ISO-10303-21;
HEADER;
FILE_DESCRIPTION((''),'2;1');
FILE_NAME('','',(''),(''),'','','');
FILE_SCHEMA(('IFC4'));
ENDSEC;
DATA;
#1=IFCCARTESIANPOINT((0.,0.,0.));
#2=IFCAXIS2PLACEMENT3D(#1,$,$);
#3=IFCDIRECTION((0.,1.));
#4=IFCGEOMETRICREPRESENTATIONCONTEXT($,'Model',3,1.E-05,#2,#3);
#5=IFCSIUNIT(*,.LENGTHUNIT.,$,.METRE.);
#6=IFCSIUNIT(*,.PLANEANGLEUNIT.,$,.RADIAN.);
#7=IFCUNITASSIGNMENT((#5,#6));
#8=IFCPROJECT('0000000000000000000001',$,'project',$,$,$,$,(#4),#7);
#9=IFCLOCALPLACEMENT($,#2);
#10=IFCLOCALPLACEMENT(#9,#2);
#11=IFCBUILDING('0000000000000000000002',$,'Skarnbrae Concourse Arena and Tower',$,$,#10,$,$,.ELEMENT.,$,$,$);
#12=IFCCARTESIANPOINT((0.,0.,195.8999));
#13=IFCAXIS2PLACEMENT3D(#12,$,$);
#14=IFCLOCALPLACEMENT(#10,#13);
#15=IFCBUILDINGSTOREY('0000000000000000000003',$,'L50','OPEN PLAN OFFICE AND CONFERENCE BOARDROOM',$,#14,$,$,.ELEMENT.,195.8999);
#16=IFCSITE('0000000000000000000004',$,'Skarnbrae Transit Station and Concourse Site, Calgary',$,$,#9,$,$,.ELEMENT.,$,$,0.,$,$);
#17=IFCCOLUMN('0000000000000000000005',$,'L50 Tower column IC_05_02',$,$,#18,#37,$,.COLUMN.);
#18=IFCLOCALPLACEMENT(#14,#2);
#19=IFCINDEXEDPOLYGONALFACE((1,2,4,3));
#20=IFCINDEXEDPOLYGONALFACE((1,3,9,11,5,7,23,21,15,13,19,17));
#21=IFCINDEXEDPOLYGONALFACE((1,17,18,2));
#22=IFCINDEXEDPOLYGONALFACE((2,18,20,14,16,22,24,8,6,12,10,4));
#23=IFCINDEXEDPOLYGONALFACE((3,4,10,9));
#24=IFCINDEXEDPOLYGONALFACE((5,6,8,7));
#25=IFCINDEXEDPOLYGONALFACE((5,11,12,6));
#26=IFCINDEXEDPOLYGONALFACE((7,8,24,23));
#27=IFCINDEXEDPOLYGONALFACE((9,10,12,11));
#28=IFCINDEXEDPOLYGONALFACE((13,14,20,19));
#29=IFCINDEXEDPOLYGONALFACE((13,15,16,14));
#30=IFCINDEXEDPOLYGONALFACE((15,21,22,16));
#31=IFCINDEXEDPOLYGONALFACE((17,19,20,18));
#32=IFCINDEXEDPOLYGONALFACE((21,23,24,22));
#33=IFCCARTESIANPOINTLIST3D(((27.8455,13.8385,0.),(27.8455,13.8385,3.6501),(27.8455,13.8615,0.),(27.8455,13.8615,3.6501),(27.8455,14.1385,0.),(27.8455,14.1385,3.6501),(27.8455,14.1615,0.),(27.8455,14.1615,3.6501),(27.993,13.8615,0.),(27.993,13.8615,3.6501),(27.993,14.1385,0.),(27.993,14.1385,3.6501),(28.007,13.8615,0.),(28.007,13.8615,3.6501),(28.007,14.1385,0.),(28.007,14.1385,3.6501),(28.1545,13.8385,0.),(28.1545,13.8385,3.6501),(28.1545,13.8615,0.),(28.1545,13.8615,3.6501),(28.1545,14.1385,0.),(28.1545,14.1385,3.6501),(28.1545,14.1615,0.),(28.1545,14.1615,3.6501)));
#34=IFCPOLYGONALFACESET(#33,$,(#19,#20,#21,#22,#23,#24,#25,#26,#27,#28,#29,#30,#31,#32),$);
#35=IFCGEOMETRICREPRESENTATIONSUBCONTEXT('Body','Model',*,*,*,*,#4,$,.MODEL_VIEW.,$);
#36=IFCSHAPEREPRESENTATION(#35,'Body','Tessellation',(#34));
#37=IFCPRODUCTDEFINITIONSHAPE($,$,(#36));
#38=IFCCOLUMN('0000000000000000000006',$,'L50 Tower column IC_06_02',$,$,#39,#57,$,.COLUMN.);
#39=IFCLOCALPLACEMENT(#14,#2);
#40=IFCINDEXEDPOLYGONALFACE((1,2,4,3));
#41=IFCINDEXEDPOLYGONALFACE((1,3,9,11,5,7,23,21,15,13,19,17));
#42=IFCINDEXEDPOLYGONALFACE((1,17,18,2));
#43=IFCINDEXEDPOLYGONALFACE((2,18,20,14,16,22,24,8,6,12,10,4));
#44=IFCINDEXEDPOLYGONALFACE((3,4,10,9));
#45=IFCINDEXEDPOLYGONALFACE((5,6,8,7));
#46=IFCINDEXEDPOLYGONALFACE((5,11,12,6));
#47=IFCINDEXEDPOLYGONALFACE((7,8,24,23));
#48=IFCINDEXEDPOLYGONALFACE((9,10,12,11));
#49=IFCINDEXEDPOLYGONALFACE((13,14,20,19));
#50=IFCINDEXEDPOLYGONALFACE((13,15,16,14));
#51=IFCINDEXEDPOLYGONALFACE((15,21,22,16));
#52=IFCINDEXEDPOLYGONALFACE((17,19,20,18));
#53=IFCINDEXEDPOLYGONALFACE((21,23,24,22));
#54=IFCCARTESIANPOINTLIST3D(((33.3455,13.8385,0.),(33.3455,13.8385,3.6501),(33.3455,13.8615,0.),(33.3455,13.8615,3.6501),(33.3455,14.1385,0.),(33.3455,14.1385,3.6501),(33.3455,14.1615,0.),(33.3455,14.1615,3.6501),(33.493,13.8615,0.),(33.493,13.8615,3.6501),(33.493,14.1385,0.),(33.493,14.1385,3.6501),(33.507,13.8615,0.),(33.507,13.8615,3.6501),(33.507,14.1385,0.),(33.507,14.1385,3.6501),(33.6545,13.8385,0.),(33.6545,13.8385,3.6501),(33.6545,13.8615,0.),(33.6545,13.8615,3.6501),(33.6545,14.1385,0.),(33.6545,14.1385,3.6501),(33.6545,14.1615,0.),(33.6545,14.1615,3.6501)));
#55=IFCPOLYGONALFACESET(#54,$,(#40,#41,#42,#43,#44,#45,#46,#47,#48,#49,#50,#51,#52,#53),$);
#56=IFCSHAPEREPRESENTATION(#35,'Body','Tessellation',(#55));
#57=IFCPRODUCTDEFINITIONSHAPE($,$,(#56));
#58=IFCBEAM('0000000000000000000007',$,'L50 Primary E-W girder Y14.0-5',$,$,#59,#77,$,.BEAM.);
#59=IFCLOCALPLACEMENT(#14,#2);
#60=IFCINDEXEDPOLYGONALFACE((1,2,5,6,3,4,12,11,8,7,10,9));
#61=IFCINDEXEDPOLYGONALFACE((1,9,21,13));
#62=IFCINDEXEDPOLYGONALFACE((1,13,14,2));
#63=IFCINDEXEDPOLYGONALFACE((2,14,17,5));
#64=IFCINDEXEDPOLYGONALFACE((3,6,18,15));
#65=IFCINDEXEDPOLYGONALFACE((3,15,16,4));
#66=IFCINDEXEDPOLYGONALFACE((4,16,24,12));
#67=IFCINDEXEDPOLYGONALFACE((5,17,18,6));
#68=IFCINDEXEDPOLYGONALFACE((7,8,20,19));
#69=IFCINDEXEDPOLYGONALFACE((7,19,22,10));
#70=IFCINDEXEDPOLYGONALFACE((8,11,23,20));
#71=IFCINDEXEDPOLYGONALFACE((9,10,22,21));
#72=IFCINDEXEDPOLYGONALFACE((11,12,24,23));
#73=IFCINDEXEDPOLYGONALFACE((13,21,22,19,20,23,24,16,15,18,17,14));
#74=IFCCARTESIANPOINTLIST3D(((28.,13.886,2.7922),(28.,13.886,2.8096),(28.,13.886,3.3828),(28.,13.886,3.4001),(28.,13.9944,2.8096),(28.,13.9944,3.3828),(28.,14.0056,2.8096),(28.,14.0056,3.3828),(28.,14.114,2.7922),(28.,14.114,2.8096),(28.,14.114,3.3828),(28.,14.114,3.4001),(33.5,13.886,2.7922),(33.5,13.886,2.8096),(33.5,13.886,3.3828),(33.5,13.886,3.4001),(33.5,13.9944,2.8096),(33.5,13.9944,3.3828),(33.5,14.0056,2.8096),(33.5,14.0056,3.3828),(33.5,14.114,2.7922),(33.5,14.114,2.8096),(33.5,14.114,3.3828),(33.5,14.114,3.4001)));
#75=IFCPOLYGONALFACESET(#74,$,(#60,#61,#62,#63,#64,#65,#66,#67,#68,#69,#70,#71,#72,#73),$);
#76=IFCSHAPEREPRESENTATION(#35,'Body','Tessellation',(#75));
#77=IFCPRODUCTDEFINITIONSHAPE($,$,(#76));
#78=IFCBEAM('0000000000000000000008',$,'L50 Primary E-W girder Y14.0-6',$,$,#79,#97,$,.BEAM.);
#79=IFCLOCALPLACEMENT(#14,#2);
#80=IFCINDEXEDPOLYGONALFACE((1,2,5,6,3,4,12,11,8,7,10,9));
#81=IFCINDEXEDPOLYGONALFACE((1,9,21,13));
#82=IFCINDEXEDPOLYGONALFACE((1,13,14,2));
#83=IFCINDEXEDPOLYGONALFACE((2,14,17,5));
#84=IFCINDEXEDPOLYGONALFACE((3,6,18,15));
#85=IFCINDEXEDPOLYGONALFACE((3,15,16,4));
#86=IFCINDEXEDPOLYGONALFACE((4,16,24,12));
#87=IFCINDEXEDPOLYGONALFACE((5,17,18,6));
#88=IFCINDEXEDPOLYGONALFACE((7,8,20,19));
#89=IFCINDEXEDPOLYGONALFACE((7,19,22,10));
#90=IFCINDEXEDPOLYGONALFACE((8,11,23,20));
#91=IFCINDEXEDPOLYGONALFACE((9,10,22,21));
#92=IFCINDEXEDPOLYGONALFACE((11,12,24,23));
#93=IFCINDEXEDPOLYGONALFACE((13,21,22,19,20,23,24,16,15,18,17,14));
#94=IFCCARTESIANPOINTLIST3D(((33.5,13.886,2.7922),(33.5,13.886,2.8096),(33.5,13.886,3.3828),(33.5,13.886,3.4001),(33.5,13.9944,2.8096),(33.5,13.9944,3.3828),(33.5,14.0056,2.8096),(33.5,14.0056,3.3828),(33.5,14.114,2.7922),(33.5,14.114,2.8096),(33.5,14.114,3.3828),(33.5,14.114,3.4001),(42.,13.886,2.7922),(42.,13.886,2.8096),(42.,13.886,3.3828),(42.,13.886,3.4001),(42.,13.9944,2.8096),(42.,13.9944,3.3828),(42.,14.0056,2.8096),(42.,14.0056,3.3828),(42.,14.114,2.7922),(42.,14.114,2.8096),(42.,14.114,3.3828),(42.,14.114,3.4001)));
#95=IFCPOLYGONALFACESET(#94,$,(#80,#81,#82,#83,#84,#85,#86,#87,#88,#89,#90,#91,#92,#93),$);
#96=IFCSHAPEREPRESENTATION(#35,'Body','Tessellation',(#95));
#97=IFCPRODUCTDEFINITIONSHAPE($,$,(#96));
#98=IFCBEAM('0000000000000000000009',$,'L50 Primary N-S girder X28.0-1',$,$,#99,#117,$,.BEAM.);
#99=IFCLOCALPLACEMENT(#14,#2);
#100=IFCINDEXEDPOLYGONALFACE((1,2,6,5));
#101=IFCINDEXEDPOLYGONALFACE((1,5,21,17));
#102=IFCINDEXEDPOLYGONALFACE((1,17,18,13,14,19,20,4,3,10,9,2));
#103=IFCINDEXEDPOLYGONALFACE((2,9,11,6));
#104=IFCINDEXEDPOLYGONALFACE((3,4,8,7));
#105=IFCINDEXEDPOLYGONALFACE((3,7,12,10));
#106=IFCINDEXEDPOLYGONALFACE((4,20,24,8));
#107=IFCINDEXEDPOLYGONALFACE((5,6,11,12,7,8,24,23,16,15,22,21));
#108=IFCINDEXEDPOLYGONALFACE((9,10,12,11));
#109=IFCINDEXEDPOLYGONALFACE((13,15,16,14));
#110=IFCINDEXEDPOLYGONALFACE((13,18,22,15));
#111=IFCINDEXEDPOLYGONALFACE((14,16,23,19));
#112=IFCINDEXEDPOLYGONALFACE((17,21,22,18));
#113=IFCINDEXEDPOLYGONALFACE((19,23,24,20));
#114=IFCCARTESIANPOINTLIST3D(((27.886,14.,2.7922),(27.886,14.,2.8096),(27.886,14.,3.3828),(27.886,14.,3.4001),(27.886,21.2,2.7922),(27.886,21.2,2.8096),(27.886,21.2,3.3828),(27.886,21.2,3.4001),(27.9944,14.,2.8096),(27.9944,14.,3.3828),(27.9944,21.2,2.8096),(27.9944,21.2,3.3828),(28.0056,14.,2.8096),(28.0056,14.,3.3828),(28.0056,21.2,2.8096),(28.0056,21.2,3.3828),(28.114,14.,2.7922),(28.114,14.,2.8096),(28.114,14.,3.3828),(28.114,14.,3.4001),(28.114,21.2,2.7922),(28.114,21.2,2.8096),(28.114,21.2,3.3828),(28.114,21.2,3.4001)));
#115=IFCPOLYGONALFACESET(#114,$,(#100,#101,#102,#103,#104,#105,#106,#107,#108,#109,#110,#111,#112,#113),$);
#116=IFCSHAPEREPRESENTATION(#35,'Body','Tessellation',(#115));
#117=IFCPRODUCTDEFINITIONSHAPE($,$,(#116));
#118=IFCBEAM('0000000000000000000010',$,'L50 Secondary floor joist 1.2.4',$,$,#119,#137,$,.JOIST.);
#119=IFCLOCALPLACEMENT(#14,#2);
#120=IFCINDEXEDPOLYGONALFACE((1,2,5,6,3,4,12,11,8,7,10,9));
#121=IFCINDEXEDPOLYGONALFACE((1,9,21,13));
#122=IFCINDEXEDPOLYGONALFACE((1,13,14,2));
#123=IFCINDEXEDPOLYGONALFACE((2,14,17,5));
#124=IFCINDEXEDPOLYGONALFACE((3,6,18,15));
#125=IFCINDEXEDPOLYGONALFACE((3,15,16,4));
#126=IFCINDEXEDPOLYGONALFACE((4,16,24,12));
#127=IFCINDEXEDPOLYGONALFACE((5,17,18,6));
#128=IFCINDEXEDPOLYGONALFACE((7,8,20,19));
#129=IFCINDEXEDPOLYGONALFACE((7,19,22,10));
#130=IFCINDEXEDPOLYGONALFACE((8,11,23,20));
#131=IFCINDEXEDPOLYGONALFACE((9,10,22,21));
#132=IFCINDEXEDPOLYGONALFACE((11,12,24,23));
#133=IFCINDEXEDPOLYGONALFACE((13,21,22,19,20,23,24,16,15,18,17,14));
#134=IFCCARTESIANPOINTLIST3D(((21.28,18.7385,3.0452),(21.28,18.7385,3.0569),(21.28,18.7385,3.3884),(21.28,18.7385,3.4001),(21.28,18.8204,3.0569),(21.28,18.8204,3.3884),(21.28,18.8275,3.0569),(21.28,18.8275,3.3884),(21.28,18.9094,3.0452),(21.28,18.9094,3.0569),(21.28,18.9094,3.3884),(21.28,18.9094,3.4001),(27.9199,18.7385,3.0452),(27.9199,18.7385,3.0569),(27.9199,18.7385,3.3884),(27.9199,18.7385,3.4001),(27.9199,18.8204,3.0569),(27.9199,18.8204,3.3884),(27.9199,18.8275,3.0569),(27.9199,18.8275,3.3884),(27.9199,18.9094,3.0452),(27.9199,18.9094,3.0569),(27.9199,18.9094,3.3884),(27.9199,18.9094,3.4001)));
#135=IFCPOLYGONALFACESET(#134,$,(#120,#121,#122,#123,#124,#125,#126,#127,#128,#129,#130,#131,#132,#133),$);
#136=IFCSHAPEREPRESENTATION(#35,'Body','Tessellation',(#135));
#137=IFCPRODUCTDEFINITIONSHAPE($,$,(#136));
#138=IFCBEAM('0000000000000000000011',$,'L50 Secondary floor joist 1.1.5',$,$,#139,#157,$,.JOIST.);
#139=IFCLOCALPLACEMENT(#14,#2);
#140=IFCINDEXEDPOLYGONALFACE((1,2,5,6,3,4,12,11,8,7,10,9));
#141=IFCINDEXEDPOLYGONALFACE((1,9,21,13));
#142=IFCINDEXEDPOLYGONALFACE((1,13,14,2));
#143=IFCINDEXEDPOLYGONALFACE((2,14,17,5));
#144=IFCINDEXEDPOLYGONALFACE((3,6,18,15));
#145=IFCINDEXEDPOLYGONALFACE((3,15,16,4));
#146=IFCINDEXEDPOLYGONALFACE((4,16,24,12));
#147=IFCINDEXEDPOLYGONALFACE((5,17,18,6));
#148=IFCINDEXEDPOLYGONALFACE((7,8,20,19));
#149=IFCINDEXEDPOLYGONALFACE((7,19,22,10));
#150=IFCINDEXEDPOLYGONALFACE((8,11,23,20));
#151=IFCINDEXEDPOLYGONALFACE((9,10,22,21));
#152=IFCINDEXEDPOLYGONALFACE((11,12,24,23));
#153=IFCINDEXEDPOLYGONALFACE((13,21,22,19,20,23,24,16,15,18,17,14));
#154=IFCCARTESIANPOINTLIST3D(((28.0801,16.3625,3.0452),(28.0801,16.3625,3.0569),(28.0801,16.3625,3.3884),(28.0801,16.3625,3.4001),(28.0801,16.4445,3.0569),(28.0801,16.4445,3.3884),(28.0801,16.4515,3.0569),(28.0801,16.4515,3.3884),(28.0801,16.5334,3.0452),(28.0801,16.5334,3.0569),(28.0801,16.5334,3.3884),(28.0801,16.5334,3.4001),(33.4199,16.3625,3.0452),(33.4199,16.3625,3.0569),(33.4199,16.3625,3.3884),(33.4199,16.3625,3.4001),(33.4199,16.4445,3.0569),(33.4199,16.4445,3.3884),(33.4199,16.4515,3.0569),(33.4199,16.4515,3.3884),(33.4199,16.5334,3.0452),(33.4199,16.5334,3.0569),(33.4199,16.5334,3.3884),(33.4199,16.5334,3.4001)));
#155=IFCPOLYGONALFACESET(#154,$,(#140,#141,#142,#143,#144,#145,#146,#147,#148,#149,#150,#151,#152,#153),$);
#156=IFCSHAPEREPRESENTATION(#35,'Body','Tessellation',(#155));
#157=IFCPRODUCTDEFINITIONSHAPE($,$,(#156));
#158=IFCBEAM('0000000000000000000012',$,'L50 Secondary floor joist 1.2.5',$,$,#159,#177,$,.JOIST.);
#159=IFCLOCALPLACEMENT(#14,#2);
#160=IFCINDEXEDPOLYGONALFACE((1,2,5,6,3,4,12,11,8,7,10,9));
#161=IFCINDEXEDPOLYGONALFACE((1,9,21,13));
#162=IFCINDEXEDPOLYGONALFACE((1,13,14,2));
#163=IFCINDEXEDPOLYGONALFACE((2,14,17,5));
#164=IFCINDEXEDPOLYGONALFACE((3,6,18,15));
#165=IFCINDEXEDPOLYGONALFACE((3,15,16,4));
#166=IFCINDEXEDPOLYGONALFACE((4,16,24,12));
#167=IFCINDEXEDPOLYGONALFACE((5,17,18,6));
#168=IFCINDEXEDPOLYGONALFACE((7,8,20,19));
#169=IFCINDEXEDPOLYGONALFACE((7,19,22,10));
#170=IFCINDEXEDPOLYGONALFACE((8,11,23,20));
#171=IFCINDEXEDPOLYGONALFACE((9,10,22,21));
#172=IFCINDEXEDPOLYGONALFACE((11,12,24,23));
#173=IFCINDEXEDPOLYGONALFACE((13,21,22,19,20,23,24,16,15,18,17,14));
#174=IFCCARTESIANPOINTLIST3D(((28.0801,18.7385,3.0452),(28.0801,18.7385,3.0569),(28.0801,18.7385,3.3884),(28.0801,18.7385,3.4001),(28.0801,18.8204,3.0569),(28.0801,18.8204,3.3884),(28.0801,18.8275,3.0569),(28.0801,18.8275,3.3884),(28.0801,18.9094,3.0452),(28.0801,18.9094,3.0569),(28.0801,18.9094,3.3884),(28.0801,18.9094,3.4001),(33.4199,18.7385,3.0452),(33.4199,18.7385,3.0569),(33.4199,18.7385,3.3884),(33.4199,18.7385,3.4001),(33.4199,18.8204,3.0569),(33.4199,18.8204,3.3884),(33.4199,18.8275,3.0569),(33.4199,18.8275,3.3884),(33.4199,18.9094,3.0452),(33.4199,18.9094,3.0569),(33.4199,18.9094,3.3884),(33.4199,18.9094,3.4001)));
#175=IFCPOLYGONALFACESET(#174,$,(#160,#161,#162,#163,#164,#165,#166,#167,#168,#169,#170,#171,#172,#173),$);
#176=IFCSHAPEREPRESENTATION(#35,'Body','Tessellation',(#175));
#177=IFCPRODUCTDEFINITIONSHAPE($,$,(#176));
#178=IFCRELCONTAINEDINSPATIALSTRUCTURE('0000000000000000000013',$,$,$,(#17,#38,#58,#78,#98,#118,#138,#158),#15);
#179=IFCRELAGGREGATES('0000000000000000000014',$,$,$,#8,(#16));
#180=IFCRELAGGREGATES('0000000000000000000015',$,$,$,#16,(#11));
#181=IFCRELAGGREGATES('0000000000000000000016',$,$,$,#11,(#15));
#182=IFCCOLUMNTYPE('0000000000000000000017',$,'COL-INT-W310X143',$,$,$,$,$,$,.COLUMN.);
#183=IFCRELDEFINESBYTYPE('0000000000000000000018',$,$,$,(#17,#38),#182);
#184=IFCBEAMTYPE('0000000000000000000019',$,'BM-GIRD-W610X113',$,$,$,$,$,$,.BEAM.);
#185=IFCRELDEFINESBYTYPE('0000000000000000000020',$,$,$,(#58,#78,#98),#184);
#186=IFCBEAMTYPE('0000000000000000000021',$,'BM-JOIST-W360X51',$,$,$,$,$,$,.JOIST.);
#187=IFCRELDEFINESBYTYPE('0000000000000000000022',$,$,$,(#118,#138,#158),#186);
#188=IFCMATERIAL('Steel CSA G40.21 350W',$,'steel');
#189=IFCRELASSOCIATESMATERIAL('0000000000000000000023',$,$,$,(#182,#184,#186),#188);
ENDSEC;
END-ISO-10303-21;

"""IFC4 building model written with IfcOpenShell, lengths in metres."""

from ifc_helpers import new_model, si_unit, direction, frame, origin, origin_2d, place, context, subcontext, project, spatial, i_section, extrude, source, transform, mapped, material, material_profile, profile_set, type_object, element, save


model = new_model("IFC4")

# Units and contexts
model_context = context("Model", 3, precision=1e-05, world=origin(), true_north=direction((0.0, 1.0)))
body_context = subcontext(model_context, "Body", "Model", "MODEL_VIEW")
ifc_project = project(units=[si_unit("LENGTHUNIT", "METRE"), si_unit("PLANEANGLEUNIT", "RADIAN")], contexts=[model_context])

# Site, building, storey
site_placement = place(None, origin())
site = spatial("IfcSite", under=ifc_project, at=site_placement, Name="Skarnbrae Transit Station and Concourse Site, Calgary", CompositionType="ELEMENT", RefElevation=0.0)
building_placement = place(site_placement, origin())
building = spatial("IfcBuilding", under=site, at=building_placement, Name="Skarnbrae Concourse Arena and Tower", CompositionType="ELEMENT")
storey_placement = place(building_placement, frame((0.0, 0.0, 195.8999)))
storey = spatial("IfcBuildingStorey", under=building, at=storey_placement, Name="L50", Description="OPEN PLAN OFFICE AND CONFERENCE BOARDROOM", CompositionType="ELEMENT", Elevation=195.8999)

# Columns
ifc_material_1 = material(Name="Steel CSA G40.21 350W", Category="steel")
ifc_material_profile_1 = material_profile(ifc_material_1, i_section(OverallWidth=0.3091, OverallDepth=0.323, WebThickness=0.0139, FlangeThickness=0.0229, at=origin_2d()), Name="W310X143")
ifc_profile_set_1 = profile_set([ifc_material_profile_1], Name="Steel CSA G40.21 350W")
column_type = type_object("IfcColumnType", Name="COL-INT-W310X143", PredefinedType="COLUMN", material=ifc_profile_set_1)
shared_shape_1 = source(origin(), body_context, "Body", "SweptSolid", [
    extrude(i_section(OverallWidth=0.3091, OverallDepth=0.323, WebThickness=0.0139, FlangeThickness=0.0229, at=origin_2d()), origin(), (0.0, 0.0, 1.0), 3.6501),
])
for number, where, z_axis, x_axis, name in (
    (1, (28.0, 14.0, 0.0), (0.0, 0.0, 1.0), (1.0, 0.0, 0.0), "L50 Tower column IC_05_02"),
    (2, (33.5, 14.0, 0.0), (0.0, 0.0, 1.0), (1.0, 0.0, 0.0), "L50 Tower column IC_06_02"),
):
    element("IfcColumn", number, at=place(storey_placement, frame(where, z_axis=z_axis, x_axis=x_axis)), inside=storey, type_object=column_type, Name=name, PredefinedType="COLUMN", context=body_context, shape_type="MappedRepresentation", body=[
        mapped(shared_shape_1, transform((0.0, 0.0, 0.0))),
    ])

# Beams
ifc_material_profile_2 = material_profile(ifc_material_1, i_section(OverallWidth=0.228, OverallDepth=0.6079, WebThickness=0.0112, FlangeThickness=0.0173, at=origin_2d()), Name="W610X113")
ifc_profile_set_2 = profile_set([ifc_material_profile_2], Name="Steel CSA G40.21 350W")
beam_type_1 = type_object("IfcBeamType", Name="BM-GIRD-W610X113", PredefinedType="BEAM", material=ifc_profile_set_2)
shared_shape_2 = source(origin(), body_context, "Body", "SweptSolid", [
    extrude(i_section(OverallWidth=0.228, OverallDepth=0.6079, WebThickness=0.0112, FlangeThickness=0.0173, at=origin_2d()), origin(), (0.0, 0.0, 1.0), 5.5),
])
beam_1_placement = place(storey_placement, frame((28.0, 14.0, 3.0962), z_axis=(1.0, 0.0, 0.0), x_axis=(0.0, 1.0, 0.0)))
element("IfcBeam", 3, at=beam_1_placement, inside=storey, type_object=beam_type_1, Name="L50 Primary E-W girder Y14.0-5", PredefinedType="BEAM", context=body_context, shape_type="MappedRepresentation", body=[
    mapped(shared_shape_2, transform((0.0, 0.0, 0.0))),
])
shared_shape_3 = source(origin(), body_context, "Body", "SweptSolid", [
    extrude(i_section(OverallWidth=0.228, OverallDepth=0.6079, WebThickness=0.0112, FlangeThickness=0.0173, at=origin_2d()), origin(), (0.0, 0.0, 1.0), 8.5),
])
beam_2_placement = place(storey_placement, frame((33.5, 14.0, 3.0962), z_axis=(1.0, 0.0, 0.0), x_axis=(0.0, 1.0, 0.0)))
element("IfcBeam", 4, at=beam_2_placement, inside=storey, type_object=beam_type_1, Name="L50 Primary E-W girder Y14.0-6", PredefinedType="BEAM", context=body_context, shape_type="MappedRepresentation", body=[
    mapped(shared_shape_3, transform((0.0, 0.0, 0.0))),
])
shared_shape_4 = source(origin(), body_context, "Body", "SweptSolid", [
    extrude(i_section(OverallWidth=0.228, OverallDepth=0.6079, WebThickness=0.0112, FlangeThickness=0.0173, at=origin_2d()), origin(), (0.0, 0.0, 1.0), 7.2),
])
beam_3_placement = place(storey_placement, frame((28.0, 14.0, 3.0962), z_axis=(0.0, 1.0, 0.0), x_axis=(-1.0, 0.0, 0.0)))
element("IfcBeam", 5, at=beam_3_placement, inside=storey, type_object=beam_type_1, Name="L50 Primary N-S girder X28.0-1", PredefinedType="BEAM", context=body_context, shape_type="MappedRepresentation", body=[
    mapped(shared_shape_4, transform((0.0, 0.0, 0.0))),
])
ifc_material_profile_3 = material_profile(ifc_material_1, i_section(OverallWidth=0.1709, OverallDepth=0.355, WebThickness=0.0071, FlangeThickness=0.0117, at=origin_2d()), Name="W360X51")
ifc_profile_set_3 = profile_set([ifc_material_profile_3], Name="Steel CSA G40.21 350W")
beam_type_2 = type_object("IfcBeamType", Name="BM-JOIST-W360X51", PredefinedType="JOIST", material=ifc_profile_set_3)
shared_shape_5 = source(origin(), body_context, "Body", "SweptSolid", [
    extrude(i_section(OverallWidth=0.1709, OverallDepth=0.355, WebThickness=0.0071, FlangeThickness=0.0117, at=origin_2d()), origin(), (0.0, 0.0, 1.0), 6.6399),
])
beam_4_placement = place(storey_placement, frame((21.28, 18.824, 3.2227), z_axis=(1.0, 0.0, 0.0), x_axis=(0.0, 1.0, 0.0)))
element("IfcBeam", 6, at=beam_4_placement, inside=storey, type_object=beam_type_2, Name="L50 Secondary floor joist 1.2.4", PredefinedType="JOIST", context=body_context, shape_type="MappedRepresentation", body=[
    mapped(shared_shape_5, transform((0.0, 0.0, 0.0))),
])
shared_shape_6 = source(origin(), body_context, "Body", "SweptSolid", [
    extrude(i_section(OverallWidth=0.1709, OverallDepth=0.355, WebThickness=0.0071, FlangeThickness=0.0117, at=origin_2d()), origin(), (0.0, 0.0, 1.0), 5.3398),
])
for number, where, z_axis, x_axis, name in (
    (7, (28.0801, 16.448, 3.2227), (1.0, 0.0, 0.0), (0.0, 1.0, 0.0), "L50 Secondary floor joist 1.1.5"),
    (8, (28.0801, 18.824, 3.2227), (1.0, 0.0, 0.0), (0.0, 1.0, 0.0), "L50 Secondary floor joist 1.2.5"),
):
    element("IfcBeam", number, at=place(storey_placement, frame(where, z_axis=z_axis, x_axis=x_axis)), inside=storey, type_object=beam_type_2, Name=name, PredefinedType="JOIST", context=body_context, shape_type="MappedRepresentation", body=[
        mapped(shared_shape_6, transform((0.0, 0.0, 0.0))),
    ])

save(model, "model.ifc")
